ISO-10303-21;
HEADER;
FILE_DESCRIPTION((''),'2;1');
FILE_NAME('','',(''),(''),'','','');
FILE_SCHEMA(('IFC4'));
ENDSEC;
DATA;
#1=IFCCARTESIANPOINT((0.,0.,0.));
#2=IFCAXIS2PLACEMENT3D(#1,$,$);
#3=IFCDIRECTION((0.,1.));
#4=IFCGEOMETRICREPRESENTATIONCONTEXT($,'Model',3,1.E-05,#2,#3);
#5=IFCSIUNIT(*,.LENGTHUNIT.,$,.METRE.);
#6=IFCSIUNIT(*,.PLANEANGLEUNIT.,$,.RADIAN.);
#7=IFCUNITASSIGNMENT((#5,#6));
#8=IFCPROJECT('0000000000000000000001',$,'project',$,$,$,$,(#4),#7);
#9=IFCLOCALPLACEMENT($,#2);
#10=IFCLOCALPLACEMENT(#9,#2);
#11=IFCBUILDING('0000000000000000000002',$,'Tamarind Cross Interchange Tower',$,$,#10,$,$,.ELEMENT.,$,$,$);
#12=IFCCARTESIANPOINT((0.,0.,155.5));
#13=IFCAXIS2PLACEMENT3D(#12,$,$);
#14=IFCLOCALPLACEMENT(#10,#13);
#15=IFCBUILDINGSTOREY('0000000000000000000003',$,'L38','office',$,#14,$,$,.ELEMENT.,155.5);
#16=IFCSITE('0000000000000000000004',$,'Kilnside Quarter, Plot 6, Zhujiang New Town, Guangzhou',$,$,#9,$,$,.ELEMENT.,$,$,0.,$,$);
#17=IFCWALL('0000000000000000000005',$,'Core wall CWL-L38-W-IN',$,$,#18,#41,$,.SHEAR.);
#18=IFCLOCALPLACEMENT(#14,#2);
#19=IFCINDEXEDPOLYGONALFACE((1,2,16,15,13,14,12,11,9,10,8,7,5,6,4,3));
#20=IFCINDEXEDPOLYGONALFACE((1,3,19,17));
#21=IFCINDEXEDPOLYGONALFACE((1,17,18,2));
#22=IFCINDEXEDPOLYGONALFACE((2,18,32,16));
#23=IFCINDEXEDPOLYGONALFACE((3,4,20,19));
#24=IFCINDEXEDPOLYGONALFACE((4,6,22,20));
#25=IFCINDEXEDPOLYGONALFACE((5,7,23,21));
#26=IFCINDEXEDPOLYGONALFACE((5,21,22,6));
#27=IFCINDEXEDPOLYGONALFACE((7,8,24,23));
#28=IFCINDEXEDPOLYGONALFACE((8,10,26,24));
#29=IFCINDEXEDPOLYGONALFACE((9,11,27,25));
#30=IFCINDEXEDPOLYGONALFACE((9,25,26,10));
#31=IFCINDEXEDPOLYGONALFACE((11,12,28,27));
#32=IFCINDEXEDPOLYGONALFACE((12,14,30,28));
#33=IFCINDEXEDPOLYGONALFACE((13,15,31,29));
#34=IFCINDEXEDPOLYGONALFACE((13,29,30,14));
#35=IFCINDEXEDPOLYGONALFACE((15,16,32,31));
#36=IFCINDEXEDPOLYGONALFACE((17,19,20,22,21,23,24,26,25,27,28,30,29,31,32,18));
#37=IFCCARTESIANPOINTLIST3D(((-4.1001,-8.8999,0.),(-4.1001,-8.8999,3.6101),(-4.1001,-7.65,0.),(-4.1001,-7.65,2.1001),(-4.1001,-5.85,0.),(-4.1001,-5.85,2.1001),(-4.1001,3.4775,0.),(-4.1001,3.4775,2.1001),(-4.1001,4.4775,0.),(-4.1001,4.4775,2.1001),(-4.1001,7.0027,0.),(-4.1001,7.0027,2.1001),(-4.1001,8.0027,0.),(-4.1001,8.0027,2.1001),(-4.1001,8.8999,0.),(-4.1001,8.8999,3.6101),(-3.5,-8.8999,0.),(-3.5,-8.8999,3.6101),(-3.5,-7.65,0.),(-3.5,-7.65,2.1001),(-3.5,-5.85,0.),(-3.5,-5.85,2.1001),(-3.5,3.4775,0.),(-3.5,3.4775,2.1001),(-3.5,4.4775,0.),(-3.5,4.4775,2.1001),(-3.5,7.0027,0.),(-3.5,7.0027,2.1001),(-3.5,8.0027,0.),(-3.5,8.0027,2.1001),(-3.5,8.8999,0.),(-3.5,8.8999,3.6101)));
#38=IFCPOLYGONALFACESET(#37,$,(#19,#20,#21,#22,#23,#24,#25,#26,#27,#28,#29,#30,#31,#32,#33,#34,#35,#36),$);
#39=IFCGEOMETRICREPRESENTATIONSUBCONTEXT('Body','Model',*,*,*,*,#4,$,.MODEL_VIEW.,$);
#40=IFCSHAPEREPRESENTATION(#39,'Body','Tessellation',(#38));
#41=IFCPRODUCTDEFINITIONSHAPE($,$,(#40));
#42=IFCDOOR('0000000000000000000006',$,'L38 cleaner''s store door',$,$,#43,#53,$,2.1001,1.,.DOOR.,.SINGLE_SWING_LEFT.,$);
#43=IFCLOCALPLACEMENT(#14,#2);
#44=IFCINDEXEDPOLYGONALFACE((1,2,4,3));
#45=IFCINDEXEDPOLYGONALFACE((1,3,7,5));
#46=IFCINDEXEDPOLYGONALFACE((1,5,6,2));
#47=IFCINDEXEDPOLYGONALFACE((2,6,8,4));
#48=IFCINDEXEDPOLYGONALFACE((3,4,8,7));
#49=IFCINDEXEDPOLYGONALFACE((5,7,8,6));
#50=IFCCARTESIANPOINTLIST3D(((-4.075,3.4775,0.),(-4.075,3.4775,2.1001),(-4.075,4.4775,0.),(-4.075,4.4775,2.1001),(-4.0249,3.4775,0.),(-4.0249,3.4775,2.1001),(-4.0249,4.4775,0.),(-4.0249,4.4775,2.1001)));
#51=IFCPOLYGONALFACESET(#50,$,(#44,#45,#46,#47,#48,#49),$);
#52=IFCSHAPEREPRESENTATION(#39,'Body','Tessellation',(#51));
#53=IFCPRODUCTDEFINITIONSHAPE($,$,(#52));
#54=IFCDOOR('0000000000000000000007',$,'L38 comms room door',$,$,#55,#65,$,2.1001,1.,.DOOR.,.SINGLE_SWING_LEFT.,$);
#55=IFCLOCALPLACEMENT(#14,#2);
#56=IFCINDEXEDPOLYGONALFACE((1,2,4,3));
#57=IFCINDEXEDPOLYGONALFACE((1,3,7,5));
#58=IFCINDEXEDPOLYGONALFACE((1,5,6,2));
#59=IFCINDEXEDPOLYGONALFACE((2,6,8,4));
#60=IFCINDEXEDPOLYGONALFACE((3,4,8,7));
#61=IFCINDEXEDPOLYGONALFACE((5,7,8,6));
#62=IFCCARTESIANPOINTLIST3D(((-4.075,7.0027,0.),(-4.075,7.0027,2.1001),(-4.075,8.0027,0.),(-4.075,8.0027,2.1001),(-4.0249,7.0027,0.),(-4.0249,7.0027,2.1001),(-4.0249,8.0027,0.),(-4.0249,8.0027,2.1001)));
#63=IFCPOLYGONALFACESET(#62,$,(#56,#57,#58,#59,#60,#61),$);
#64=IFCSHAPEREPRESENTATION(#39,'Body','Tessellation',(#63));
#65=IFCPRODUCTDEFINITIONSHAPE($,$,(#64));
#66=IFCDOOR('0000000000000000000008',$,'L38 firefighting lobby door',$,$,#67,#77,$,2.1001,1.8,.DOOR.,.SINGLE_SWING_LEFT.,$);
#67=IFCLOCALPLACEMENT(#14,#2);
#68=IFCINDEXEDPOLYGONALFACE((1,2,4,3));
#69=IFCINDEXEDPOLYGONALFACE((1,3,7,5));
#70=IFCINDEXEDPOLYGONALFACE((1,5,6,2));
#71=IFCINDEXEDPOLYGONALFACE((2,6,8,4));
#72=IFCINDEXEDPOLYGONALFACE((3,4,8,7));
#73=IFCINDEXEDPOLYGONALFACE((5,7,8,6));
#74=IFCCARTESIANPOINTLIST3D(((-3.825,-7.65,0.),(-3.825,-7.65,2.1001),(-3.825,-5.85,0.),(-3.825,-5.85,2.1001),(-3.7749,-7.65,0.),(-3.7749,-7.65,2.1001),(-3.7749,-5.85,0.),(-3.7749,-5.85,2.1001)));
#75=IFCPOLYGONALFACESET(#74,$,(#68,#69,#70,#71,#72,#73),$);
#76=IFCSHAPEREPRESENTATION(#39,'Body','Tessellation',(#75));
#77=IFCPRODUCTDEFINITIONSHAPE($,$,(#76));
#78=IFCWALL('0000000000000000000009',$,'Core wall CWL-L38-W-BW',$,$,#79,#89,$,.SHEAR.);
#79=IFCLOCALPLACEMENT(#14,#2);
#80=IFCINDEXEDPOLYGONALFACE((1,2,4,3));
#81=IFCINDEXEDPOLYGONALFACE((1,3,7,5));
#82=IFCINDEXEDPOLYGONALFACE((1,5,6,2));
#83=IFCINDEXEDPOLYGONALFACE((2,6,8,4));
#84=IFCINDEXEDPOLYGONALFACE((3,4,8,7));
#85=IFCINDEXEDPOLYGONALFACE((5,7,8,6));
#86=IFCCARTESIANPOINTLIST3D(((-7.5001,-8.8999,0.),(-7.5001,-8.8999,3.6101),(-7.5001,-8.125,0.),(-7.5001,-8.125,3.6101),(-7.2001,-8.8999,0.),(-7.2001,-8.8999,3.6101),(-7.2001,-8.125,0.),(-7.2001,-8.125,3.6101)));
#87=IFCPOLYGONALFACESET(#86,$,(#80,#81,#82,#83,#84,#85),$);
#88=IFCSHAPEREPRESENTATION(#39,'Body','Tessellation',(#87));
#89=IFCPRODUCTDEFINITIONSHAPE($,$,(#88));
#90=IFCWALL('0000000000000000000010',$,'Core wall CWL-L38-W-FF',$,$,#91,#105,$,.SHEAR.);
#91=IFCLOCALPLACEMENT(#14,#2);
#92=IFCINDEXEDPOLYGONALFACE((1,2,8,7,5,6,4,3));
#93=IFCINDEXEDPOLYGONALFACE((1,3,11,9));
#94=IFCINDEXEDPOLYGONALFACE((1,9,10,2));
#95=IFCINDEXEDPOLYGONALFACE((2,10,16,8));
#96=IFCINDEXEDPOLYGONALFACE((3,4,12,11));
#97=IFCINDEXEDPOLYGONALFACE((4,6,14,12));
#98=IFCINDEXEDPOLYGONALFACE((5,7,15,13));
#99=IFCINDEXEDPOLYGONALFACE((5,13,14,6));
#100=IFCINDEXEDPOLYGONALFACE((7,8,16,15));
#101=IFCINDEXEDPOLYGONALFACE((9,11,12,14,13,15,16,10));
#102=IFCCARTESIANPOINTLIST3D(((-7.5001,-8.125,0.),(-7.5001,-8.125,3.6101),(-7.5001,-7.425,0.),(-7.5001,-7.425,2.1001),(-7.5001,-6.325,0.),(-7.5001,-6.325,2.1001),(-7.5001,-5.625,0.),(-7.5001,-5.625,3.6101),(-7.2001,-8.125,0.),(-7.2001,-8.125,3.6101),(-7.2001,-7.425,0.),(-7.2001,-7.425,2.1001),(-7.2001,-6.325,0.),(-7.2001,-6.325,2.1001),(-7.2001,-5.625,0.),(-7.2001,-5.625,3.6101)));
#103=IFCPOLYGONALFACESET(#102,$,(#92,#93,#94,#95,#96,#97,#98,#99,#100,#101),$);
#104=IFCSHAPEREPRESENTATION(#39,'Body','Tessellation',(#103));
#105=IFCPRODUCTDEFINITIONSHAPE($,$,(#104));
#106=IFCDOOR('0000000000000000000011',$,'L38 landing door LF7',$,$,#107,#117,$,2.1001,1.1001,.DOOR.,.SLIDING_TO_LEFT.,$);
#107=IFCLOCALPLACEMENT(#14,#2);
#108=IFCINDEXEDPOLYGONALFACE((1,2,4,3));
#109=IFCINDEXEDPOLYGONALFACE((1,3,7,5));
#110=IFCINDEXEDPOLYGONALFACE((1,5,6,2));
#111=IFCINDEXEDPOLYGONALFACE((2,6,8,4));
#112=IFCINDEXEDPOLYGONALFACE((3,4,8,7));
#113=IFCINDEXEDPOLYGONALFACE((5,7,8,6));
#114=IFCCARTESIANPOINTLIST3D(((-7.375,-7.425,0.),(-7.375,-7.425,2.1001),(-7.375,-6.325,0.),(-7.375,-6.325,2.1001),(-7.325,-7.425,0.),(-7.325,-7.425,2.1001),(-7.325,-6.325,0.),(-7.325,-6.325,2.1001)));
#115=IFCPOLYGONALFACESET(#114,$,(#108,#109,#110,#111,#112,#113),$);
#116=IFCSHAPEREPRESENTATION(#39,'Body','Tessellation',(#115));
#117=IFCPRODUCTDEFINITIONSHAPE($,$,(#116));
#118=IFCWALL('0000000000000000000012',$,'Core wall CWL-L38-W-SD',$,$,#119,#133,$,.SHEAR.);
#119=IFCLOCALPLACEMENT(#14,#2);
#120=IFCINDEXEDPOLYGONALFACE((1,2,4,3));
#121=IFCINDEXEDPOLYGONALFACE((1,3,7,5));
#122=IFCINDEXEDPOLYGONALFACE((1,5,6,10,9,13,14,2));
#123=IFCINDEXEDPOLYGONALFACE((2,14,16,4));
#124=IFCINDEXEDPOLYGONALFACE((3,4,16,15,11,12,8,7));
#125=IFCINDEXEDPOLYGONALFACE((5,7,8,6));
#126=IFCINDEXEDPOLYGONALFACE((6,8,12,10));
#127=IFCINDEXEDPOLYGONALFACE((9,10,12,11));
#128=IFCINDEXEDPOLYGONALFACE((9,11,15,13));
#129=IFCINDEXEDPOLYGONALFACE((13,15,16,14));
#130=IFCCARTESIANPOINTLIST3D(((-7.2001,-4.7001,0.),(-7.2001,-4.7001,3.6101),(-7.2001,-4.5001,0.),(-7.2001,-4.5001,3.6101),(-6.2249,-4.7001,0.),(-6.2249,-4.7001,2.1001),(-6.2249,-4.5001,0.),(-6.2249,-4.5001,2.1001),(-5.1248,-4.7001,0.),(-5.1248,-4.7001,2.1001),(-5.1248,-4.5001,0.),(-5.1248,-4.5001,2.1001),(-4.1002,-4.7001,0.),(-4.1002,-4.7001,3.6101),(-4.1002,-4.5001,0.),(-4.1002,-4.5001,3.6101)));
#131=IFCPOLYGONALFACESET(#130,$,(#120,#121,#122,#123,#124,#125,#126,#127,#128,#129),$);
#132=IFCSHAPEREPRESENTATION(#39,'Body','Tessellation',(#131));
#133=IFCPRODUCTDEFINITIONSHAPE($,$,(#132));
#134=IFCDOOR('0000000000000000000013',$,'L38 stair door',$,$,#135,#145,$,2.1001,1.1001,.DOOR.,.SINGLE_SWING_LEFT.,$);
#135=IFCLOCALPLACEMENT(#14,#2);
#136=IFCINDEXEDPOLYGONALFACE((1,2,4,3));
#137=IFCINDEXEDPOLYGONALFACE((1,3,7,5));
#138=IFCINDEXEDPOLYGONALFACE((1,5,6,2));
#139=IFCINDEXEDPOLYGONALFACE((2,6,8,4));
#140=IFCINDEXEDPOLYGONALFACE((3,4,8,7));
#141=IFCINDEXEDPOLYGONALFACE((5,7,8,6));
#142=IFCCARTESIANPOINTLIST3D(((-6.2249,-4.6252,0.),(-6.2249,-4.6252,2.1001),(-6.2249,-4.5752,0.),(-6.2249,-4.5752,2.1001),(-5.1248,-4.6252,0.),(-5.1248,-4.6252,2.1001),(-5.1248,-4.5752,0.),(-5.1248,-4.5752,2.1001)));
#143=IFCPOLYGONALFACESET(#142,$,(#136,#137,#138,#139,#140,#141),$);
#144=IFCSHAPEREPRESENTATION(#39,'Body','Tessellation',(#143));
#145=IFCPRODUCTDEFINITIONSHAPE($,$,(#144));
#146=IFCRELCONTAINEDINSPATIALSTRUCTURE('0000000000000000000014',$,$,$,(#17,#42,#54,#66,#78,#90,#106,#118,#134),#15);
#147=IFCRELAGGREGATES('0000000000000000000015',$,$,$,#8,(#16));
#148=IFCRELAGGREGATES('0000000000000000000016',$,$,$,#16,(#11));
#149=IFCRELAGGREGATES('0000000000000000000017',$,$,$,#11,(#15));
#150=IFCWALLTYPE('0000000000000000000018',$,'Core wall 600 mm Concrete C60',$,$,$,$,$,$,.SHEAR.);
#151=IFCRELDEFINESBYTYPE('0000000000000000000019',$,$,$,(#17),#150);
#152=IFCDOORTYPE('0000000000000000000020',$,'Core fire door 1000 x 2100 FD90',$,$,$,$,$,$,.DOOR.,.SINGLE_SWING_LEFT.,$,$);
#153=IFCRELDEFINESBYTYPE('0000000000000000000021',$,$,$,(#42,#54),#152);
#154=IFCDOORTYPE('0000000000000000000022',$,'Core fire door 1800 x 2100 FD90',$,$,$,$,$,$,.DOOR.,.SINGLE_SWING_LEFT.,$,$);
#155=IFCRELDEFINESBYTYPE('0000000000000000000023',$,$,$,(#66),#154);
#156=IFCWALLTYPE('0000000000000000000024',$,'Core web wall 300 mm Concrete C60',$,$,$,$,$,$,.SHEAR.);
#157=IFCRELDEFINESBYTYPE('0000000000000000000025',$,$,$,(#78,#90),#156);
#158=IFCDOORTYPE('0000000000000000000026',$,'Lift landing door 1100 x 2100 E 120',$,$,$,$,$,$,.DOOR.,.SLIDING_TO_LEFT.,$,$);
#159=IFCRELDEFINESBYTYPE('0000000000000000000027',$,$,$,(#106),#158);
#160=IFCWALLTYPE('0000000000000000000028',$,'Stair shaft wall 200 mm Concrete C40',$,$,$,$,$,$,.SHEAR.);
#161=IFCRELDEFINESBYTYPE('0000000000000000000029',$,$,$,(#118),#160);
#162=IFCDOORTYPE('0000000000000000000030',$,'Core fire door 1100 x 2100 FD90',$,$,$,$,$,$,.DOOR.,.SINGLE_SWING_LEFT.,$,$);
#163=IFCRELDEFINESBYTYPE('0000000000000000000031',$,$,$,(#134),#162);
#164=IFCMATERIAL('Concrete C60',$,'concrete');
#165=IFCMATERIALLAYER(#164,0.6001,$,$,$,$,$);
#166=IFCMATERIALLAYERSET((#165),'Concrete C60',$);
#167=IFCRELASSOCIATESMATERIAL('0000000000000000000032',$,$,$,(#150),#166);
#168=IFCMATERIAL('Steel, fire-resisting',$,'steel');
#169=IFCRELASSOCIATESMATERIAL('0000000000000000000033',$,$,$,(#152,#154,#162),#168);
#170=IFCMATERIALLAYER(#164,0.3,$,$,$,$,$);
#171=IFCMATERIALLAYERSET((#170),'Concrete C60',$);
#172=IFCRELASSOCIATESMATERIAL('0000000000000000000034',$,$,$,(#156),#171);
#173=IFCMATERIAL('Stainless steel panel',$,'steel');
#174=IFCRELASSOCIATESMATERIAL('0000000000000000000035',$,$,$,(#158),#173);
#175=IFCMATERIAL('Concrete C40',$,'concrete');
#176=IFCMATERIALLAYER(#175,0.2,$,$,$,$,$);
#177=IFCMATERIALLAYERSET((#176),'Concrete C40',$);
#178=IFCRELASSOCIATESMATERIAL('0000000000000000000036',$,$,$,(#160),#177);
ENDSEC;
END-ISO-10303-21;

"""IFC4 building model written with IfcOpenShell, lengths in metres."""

from ifc_helpers import new_model, si_unit, direction, frame, frame_2d, origin, place, context, subcontext, project, spatial, rectangle, extrude, material, layer, layer_set, type_object, element, fill, save


model = new_model("IFC4")

# Units and contexts
model_context = context("Model", 3, precision=1e-05, world=origin(), true_north=direction((0.0, 1.0)))
body_context = subcontext(model_context, "Body", "Model", "MODEL_VIEW")
ifc_project = project(units=[si_unit("LENGTHUNIT", "METRE"), si_unit("PLANEANGLEUNIT", "RADIAN")], contexts=[model_context])

# Site, building, storey
site_placement = place(None, origin())
site = spatial("IfcSite", under=ifc_project, at=site_placement, Name="Kilnside Quarter, Plot 6, Zhujiang New Town, Guangzhou", CompositionType="ELEMENT", RefElevation=0.0)
building_placement = place(site_placement, origin())
building = spatial("IfcBuilding", under=site, at=building_placement, Name="Tamarind Cross Interchange Tower", CompositionType="ELEMENT")
storey_placement = place(building_placement, frame((0.0, 0.0, 155.5)))
storey = spatial("IfcBuildingStorey", under=building, at=storey_placement, Name="L38", Description="office", CompositionType="ELEMENT", Elevation=155.5)

# Wall, openings, doors
ifc_material_1 = material(Name="Concrete C60", Category="concrete")
ifc_layer_1 = layer(ifc_material_1, 0.6001)
ifc_layer_set_1 = layer_set([ifc_layer_1], Name="Concrete C60")
wall_type_1 = type_object("IfcWallType", Name="Core wall 600 mm Concrete C60", PredefinedType="SHEAR", material=ifc_layer_set_1)
wall_1_placement = place(storey_placement, frame((-3.8, -8.8999, 0.0), z_axis=(0.0, 0.0, 1.0), x_axis=(0.0, 1.0, 0.0)))
wall_1 = element("IfcWall", 1, at=wall_1_placement, inside=storey, type_object=wall_type_1, Name="Core wall CWL-L38-W-IN", PredefinedType="SHEAR", context=body_context, shape_type="SweptSolid", body=[
    extrude(rectangle(XDim=17.7998, YDim=0.6001, at=frame_2d((8.8999, 0.0))), origin(), (0.0, 0.0, 1.0), 3.6101),
])
opening_1_placement = place(wall_1_placement, frame((1.25, 0.0, 0.0)))
opening_1 = element("IfcOpeningElement", 2, at=opening_1_placement, cuts=wall_1, PredefinedType="OPENING", context=body_context, shape_type="SweptSolid", body=[
    extrude(rectangle(XDim=1.8, YDim=2.1001, at=frame_2d((0.8999, 1.05))), frame((0.0, 0.3101, 0.0), z_axis=(0.0, -1.0, 0.0), x_axis=(1.0, 0.0, 0.0)), (0.0, 0.0, 1.0), 0.6201),
])
opening_2_placement = place(wall_1_placement, frame((12.3774, 0.0, 0.0)))
opening_2 = element("IfcOpeningElement", 3, at=opening_2_placement, cuts=wall_1, PredefinedType="OPENING", context=body_context, shape_type="SweptSolid", body=[
    extrude(rectangle(XDim=1.0, YDim=2.1001, at=frame_2d((0.5, 1.05))), frame((0.0, 0.3101, 0.0), z_axis=(0.0, -1.0, 0.0), x_axis=(1.0, 0.0, 0.0)), (0.0, 0.0, 1.0), 0.6201),
])
opening_3_placement = place(wall_1_placement, frame((15.9026, 0.0, 0.0)))
opening_3 = element("IfcOpeningElement", 4, at=opening_3_placement, cuts=wall_1, PredefinedType="OPENING", context=body_context, shape_type="SweptSolid", body=[
    extrude(rectangle(XDim=1.0, YDim=2.1001, at=frame_2d((0.5, 1.05))), frame((0.0, 0.3101, 0.0), z_axis=(0.0, -1.0, 0.0), x_axis=(1.0, 0.0, 0.0)), (0.0, 0.0, 1.0), 0.6201),
])
ifc_material_2 = material(Name="Steel, fire-resisting", Category="steel")
door_type_1 = type_object("IfcDoorType", Name="Core fire door 1000 x 2100 FD90", OperationType="SINGLE_SWING_LEFT", PredefinedType="DOOR", material=ifc_material_2)
door_1_placement = place(opening_2_placement, origin())
door_1 = element("IfcDoor", 5, at=door_1_placement, inside=storey, type_object=door_type_1, Name="L38 cleaner's store door", OperationType="SINGLE_SWING_LEFT", OverallHeight=2.1001, OverallWidth=1.0, PredefinedType="DOOR", context=body_context, shape_type="SweptSolid", body=[
    extrude(rectangle(XDim=1.0, YDim=2.1001, at=frame_2d((0.5, 1.05))), frame((0.0, 0.2749, 0.0), z_axis=(0.0, -1.0, 0.0), x_axis=(1.0, 0.0, 0.0)), (0.0, 0.0, 1.0), 0.05),
])
fill(opening_2, door_1)
door_2_placement = place(opening_3_placement, origin())
door_2 = element("IfcDoor", 6, at=door_2_placement, inside=storey, type_object=door_type_1, Name="L38 comms room door", OperationType="SINGLE_SWING_LEFT", OverallHeight=2.1001, OverallWidth=1.0, PredefinedType="DOOR", context=body_context, shape_type="SweptSolid", body=[
    extrude(rectangle(XDim=1.0, YDim=2.1001, at=frame_2d((0.5, 1.05))), frame((0.0, 0.2749, 0.0), z_axis=(0.0, -1.0, 0.0), x_axis=(1.0, 0.0, 0.0)), (0.0, 0.0, 1.0), 0.05),
])
fill(opening_3, door_2)
door_type_2 = type_object("IfcDoorType", Name="Core fire door 1800 x 2100 FD90", OperationType="SINGLE_SWING_LEFT", PredefinedType="DOOR", material=ifc_material_2)
door_3_placement = place(opening_1_placement, origin())
door_3 = element("IfcDoor", 7, at=door_3_placement, inside=storey, type_object=door_type_2, Name="L38 firefighting lobby door", OperationType="SINGLE_SWING_LEFT", OverallHeight=2.1001, OverallWidth=1.8, PredefinedType="DOOR", context=body_context, shape_type="SweptSolid", body=[
    extrude(rectangle(XDim=1.8, YDim=2.1001, at=frame_2d((0.8999, 1.05))), frame((0.0, 0.0249, 0.0), z_axis=(0.0, -1.0, 0.0), x_axis=(1.0, 0.0, 0.0)), (0.0, 0.0, 1.0), 0.05),
])
fill(opening_1, door_3)

# Wall
ifc_layer_2 = layer(ifc_material_1, 0.3)
ifc_layer_set_2 = layer_set([ifc_layer_2], Name="Concrete C60")
wall_type_2 = type_object("IfcWallType", Name="Core web wall 300 mm Concrete C60", PredefinedType="SHEAR", material=ifc_layer_set_2)
wall_2_placement = place(storey_placement, frame((-7.3501, -8.8999, 0.0), z_axis=(0.0, 0.0, 1.0), x_axis=(0.0, 1.0, 0.0)))
element("IfcWall", 8, at=wall_2_placement, inside=storey, type_object=wall_type_2, Name="Core wall CWL-L38-W-BW", PredefinedType="SHEAR", context=body_context, shape_type="SweptSolid", body=[
    extrude(rectangle(XDim=0.7749, YDim=0.3, at=frame_2d((0.3875, 0.0))), origin(), (0.0, 0.0, 1.0), 3.6101),
])

# Walls, openings, doors
wall_3_placement = place(storey_placement, frame((-7.3501, -8.125, 0.0), z_axis=(0.0, 0.0, 1.0), x_axis=(0.0, 1.0, 0.0)))
wall_3 = element("IfcWall", 9, at=wall_3_placement, inside=storey, type_object=wall_type_2, Name="Core wall CWL-L38-W-FF", PredefinedType="SHEAR", context=body_context, shape_type="SweptSolid", body=[
    extrude(rectangle(XDim=2.5, YDim=0.3, at=frame_2d((1.25, 0.0))), origin(), (0.0, 0.0, 1.0), 3.6101),
])
opening_4_placement = place(wall_3_placement, frame((0.7, 0.0, 0.0)))
opening_4 = element("IfcOpeningElement", 10, at=opening_4_placement, cuts=wall_3, PredefinedType="OPENING", context=body_context, shape_type="SweptSolid", body=[
    extrude(rectangle(XDim=1.1001, YDim=2.1001, at=frame_2d((0.55, 1.05))), frame((0.0, 0.1599, 0.0), z_axis=(0.0, -1.0, 0.0), x_axis=(1.0, 0.0, 0.0)), (0.0, 0.0, 1.0), 0.3201),
])
ifc_material_3 = material(Name="Stainless steel panel", Category="steel")
door_type_3 = type_object("IfcDoorType", Name="Lift landing door 1100 x 2100 E 120", OperationType="SLIDING_TO_LEFT", PredefinedType="DOOR", material=ifc_material_3)
door_4_placement = place(opening_4_placement, origin())
door_4 = element("IfcDoor", 11, at=door_4_placement, inside=storey, type_object=door_type_3, Name="L38 landing door LF7", OperationType="SLIDING_TO_LEFT", OverallHeight=2.1001, OverallWidth=1.1001, PredefinedType="DOOR", context=body_context, shape_type="SweptSolid", body=[
    extrude(rectangle(XDim=1.1001, YDim=2.1001, at=frame_2d((0.55, 1.05))), frame((0.0, 0.0249, 0.0), z_axis=(0.0, -1.0, 0.0), x_axis=(1.0, 0.0, 0.0)), (0.0, 0.0, 1.0), 0.05),
])
fill(opening_4, door_4)
ifc_material_4 = material(Name="Concrete C40", Category="concrete")
ifc_layer_3 = layer(ifc_material_4, 0.2)
ifc_layer_set_3 = layer_set([ifc_layer_3], Name="Concrete C40")
wall_type_3 = type_object("IfcWallType", Name="Stair shaft wall 200 mm Concrete C40", PredefinedType="SHEAR", material=ifc_layer_set_3)
wall_4_placement = place(storey_placement, frame((-7.2, -4.6001, 0.0), z_axis=(0.0, 0.0, 1.0), x_axis=(1.0, 0.0, 0.0)))
wall_4 = element("IfcWall", 12, at=wall_4_placement, inside=storey, type_object=wall_type_3, Name="Core wall CWL-L38-W-SD", PredefinedType="SHEAR", context=body_context, shape_type="SweptSolid", body=[
    extrude(rectangle(XDim=3.0999, YDim=0.2, at=frame_2d((1.5498, 0.0))), origin(), (0.0, 0.0, 1.0), 3.6101),
])
opening_5_placement = place(wall_4_placement, frame((0.9751, 0.0, 0.0)))
opening_5 = element("IfcOpeningElement", 13, at=opening_5_placement, cuts=wall_4, PredefinedType="OPENING", context=body_context, shape_type="SweptSolid", body=[
    extrude(rectangle(XDim=1.1001, YDim=2.1001, at=frame_2d((0.55, 1.05))), frame((0.0, 0.1099, 0.0), z_axis=(0.0, -1.0, 0.0), x_axis=(1.0, 0.0, 0.0)), (0.0, 0.0, 1.0), 0.22),
])
door_type_4 = type_object("IfcDoorType", Name="Core fire door 1100 x 2100 FD90", OperationType="SINGLE_SWING_LEFT", PredefinedType="DOOR", material=ifc_material_2)
door_5_placement = place(opening_5_placement, origin())
door_5 = element("IfcDoor", 14, at=door_5_placement, inside=storey, type_object=door_type_4, Name="L38 stair door", OperationType="SINGLE_SWING_LEFT", OverallHeight=2.1001, OverallWidth=1.1001, PredefinedType="DOOR", context=body_context, shape_type="SweptSolid", body=[
    extrude(rectangle(XDim=1.1001, YDim=2.1001, at=frame_2d((0.55, 1.05))), frame((0.0, 0.0249, 0.0), z_axis=(0.0, -1.0, 0.0), x_axis=(1.0, 0.0, 0.0)), (0.0, 0.0, 1.0), 0.05),
])
fill(opening_5, door_5)

save(model, "model.ifc")
